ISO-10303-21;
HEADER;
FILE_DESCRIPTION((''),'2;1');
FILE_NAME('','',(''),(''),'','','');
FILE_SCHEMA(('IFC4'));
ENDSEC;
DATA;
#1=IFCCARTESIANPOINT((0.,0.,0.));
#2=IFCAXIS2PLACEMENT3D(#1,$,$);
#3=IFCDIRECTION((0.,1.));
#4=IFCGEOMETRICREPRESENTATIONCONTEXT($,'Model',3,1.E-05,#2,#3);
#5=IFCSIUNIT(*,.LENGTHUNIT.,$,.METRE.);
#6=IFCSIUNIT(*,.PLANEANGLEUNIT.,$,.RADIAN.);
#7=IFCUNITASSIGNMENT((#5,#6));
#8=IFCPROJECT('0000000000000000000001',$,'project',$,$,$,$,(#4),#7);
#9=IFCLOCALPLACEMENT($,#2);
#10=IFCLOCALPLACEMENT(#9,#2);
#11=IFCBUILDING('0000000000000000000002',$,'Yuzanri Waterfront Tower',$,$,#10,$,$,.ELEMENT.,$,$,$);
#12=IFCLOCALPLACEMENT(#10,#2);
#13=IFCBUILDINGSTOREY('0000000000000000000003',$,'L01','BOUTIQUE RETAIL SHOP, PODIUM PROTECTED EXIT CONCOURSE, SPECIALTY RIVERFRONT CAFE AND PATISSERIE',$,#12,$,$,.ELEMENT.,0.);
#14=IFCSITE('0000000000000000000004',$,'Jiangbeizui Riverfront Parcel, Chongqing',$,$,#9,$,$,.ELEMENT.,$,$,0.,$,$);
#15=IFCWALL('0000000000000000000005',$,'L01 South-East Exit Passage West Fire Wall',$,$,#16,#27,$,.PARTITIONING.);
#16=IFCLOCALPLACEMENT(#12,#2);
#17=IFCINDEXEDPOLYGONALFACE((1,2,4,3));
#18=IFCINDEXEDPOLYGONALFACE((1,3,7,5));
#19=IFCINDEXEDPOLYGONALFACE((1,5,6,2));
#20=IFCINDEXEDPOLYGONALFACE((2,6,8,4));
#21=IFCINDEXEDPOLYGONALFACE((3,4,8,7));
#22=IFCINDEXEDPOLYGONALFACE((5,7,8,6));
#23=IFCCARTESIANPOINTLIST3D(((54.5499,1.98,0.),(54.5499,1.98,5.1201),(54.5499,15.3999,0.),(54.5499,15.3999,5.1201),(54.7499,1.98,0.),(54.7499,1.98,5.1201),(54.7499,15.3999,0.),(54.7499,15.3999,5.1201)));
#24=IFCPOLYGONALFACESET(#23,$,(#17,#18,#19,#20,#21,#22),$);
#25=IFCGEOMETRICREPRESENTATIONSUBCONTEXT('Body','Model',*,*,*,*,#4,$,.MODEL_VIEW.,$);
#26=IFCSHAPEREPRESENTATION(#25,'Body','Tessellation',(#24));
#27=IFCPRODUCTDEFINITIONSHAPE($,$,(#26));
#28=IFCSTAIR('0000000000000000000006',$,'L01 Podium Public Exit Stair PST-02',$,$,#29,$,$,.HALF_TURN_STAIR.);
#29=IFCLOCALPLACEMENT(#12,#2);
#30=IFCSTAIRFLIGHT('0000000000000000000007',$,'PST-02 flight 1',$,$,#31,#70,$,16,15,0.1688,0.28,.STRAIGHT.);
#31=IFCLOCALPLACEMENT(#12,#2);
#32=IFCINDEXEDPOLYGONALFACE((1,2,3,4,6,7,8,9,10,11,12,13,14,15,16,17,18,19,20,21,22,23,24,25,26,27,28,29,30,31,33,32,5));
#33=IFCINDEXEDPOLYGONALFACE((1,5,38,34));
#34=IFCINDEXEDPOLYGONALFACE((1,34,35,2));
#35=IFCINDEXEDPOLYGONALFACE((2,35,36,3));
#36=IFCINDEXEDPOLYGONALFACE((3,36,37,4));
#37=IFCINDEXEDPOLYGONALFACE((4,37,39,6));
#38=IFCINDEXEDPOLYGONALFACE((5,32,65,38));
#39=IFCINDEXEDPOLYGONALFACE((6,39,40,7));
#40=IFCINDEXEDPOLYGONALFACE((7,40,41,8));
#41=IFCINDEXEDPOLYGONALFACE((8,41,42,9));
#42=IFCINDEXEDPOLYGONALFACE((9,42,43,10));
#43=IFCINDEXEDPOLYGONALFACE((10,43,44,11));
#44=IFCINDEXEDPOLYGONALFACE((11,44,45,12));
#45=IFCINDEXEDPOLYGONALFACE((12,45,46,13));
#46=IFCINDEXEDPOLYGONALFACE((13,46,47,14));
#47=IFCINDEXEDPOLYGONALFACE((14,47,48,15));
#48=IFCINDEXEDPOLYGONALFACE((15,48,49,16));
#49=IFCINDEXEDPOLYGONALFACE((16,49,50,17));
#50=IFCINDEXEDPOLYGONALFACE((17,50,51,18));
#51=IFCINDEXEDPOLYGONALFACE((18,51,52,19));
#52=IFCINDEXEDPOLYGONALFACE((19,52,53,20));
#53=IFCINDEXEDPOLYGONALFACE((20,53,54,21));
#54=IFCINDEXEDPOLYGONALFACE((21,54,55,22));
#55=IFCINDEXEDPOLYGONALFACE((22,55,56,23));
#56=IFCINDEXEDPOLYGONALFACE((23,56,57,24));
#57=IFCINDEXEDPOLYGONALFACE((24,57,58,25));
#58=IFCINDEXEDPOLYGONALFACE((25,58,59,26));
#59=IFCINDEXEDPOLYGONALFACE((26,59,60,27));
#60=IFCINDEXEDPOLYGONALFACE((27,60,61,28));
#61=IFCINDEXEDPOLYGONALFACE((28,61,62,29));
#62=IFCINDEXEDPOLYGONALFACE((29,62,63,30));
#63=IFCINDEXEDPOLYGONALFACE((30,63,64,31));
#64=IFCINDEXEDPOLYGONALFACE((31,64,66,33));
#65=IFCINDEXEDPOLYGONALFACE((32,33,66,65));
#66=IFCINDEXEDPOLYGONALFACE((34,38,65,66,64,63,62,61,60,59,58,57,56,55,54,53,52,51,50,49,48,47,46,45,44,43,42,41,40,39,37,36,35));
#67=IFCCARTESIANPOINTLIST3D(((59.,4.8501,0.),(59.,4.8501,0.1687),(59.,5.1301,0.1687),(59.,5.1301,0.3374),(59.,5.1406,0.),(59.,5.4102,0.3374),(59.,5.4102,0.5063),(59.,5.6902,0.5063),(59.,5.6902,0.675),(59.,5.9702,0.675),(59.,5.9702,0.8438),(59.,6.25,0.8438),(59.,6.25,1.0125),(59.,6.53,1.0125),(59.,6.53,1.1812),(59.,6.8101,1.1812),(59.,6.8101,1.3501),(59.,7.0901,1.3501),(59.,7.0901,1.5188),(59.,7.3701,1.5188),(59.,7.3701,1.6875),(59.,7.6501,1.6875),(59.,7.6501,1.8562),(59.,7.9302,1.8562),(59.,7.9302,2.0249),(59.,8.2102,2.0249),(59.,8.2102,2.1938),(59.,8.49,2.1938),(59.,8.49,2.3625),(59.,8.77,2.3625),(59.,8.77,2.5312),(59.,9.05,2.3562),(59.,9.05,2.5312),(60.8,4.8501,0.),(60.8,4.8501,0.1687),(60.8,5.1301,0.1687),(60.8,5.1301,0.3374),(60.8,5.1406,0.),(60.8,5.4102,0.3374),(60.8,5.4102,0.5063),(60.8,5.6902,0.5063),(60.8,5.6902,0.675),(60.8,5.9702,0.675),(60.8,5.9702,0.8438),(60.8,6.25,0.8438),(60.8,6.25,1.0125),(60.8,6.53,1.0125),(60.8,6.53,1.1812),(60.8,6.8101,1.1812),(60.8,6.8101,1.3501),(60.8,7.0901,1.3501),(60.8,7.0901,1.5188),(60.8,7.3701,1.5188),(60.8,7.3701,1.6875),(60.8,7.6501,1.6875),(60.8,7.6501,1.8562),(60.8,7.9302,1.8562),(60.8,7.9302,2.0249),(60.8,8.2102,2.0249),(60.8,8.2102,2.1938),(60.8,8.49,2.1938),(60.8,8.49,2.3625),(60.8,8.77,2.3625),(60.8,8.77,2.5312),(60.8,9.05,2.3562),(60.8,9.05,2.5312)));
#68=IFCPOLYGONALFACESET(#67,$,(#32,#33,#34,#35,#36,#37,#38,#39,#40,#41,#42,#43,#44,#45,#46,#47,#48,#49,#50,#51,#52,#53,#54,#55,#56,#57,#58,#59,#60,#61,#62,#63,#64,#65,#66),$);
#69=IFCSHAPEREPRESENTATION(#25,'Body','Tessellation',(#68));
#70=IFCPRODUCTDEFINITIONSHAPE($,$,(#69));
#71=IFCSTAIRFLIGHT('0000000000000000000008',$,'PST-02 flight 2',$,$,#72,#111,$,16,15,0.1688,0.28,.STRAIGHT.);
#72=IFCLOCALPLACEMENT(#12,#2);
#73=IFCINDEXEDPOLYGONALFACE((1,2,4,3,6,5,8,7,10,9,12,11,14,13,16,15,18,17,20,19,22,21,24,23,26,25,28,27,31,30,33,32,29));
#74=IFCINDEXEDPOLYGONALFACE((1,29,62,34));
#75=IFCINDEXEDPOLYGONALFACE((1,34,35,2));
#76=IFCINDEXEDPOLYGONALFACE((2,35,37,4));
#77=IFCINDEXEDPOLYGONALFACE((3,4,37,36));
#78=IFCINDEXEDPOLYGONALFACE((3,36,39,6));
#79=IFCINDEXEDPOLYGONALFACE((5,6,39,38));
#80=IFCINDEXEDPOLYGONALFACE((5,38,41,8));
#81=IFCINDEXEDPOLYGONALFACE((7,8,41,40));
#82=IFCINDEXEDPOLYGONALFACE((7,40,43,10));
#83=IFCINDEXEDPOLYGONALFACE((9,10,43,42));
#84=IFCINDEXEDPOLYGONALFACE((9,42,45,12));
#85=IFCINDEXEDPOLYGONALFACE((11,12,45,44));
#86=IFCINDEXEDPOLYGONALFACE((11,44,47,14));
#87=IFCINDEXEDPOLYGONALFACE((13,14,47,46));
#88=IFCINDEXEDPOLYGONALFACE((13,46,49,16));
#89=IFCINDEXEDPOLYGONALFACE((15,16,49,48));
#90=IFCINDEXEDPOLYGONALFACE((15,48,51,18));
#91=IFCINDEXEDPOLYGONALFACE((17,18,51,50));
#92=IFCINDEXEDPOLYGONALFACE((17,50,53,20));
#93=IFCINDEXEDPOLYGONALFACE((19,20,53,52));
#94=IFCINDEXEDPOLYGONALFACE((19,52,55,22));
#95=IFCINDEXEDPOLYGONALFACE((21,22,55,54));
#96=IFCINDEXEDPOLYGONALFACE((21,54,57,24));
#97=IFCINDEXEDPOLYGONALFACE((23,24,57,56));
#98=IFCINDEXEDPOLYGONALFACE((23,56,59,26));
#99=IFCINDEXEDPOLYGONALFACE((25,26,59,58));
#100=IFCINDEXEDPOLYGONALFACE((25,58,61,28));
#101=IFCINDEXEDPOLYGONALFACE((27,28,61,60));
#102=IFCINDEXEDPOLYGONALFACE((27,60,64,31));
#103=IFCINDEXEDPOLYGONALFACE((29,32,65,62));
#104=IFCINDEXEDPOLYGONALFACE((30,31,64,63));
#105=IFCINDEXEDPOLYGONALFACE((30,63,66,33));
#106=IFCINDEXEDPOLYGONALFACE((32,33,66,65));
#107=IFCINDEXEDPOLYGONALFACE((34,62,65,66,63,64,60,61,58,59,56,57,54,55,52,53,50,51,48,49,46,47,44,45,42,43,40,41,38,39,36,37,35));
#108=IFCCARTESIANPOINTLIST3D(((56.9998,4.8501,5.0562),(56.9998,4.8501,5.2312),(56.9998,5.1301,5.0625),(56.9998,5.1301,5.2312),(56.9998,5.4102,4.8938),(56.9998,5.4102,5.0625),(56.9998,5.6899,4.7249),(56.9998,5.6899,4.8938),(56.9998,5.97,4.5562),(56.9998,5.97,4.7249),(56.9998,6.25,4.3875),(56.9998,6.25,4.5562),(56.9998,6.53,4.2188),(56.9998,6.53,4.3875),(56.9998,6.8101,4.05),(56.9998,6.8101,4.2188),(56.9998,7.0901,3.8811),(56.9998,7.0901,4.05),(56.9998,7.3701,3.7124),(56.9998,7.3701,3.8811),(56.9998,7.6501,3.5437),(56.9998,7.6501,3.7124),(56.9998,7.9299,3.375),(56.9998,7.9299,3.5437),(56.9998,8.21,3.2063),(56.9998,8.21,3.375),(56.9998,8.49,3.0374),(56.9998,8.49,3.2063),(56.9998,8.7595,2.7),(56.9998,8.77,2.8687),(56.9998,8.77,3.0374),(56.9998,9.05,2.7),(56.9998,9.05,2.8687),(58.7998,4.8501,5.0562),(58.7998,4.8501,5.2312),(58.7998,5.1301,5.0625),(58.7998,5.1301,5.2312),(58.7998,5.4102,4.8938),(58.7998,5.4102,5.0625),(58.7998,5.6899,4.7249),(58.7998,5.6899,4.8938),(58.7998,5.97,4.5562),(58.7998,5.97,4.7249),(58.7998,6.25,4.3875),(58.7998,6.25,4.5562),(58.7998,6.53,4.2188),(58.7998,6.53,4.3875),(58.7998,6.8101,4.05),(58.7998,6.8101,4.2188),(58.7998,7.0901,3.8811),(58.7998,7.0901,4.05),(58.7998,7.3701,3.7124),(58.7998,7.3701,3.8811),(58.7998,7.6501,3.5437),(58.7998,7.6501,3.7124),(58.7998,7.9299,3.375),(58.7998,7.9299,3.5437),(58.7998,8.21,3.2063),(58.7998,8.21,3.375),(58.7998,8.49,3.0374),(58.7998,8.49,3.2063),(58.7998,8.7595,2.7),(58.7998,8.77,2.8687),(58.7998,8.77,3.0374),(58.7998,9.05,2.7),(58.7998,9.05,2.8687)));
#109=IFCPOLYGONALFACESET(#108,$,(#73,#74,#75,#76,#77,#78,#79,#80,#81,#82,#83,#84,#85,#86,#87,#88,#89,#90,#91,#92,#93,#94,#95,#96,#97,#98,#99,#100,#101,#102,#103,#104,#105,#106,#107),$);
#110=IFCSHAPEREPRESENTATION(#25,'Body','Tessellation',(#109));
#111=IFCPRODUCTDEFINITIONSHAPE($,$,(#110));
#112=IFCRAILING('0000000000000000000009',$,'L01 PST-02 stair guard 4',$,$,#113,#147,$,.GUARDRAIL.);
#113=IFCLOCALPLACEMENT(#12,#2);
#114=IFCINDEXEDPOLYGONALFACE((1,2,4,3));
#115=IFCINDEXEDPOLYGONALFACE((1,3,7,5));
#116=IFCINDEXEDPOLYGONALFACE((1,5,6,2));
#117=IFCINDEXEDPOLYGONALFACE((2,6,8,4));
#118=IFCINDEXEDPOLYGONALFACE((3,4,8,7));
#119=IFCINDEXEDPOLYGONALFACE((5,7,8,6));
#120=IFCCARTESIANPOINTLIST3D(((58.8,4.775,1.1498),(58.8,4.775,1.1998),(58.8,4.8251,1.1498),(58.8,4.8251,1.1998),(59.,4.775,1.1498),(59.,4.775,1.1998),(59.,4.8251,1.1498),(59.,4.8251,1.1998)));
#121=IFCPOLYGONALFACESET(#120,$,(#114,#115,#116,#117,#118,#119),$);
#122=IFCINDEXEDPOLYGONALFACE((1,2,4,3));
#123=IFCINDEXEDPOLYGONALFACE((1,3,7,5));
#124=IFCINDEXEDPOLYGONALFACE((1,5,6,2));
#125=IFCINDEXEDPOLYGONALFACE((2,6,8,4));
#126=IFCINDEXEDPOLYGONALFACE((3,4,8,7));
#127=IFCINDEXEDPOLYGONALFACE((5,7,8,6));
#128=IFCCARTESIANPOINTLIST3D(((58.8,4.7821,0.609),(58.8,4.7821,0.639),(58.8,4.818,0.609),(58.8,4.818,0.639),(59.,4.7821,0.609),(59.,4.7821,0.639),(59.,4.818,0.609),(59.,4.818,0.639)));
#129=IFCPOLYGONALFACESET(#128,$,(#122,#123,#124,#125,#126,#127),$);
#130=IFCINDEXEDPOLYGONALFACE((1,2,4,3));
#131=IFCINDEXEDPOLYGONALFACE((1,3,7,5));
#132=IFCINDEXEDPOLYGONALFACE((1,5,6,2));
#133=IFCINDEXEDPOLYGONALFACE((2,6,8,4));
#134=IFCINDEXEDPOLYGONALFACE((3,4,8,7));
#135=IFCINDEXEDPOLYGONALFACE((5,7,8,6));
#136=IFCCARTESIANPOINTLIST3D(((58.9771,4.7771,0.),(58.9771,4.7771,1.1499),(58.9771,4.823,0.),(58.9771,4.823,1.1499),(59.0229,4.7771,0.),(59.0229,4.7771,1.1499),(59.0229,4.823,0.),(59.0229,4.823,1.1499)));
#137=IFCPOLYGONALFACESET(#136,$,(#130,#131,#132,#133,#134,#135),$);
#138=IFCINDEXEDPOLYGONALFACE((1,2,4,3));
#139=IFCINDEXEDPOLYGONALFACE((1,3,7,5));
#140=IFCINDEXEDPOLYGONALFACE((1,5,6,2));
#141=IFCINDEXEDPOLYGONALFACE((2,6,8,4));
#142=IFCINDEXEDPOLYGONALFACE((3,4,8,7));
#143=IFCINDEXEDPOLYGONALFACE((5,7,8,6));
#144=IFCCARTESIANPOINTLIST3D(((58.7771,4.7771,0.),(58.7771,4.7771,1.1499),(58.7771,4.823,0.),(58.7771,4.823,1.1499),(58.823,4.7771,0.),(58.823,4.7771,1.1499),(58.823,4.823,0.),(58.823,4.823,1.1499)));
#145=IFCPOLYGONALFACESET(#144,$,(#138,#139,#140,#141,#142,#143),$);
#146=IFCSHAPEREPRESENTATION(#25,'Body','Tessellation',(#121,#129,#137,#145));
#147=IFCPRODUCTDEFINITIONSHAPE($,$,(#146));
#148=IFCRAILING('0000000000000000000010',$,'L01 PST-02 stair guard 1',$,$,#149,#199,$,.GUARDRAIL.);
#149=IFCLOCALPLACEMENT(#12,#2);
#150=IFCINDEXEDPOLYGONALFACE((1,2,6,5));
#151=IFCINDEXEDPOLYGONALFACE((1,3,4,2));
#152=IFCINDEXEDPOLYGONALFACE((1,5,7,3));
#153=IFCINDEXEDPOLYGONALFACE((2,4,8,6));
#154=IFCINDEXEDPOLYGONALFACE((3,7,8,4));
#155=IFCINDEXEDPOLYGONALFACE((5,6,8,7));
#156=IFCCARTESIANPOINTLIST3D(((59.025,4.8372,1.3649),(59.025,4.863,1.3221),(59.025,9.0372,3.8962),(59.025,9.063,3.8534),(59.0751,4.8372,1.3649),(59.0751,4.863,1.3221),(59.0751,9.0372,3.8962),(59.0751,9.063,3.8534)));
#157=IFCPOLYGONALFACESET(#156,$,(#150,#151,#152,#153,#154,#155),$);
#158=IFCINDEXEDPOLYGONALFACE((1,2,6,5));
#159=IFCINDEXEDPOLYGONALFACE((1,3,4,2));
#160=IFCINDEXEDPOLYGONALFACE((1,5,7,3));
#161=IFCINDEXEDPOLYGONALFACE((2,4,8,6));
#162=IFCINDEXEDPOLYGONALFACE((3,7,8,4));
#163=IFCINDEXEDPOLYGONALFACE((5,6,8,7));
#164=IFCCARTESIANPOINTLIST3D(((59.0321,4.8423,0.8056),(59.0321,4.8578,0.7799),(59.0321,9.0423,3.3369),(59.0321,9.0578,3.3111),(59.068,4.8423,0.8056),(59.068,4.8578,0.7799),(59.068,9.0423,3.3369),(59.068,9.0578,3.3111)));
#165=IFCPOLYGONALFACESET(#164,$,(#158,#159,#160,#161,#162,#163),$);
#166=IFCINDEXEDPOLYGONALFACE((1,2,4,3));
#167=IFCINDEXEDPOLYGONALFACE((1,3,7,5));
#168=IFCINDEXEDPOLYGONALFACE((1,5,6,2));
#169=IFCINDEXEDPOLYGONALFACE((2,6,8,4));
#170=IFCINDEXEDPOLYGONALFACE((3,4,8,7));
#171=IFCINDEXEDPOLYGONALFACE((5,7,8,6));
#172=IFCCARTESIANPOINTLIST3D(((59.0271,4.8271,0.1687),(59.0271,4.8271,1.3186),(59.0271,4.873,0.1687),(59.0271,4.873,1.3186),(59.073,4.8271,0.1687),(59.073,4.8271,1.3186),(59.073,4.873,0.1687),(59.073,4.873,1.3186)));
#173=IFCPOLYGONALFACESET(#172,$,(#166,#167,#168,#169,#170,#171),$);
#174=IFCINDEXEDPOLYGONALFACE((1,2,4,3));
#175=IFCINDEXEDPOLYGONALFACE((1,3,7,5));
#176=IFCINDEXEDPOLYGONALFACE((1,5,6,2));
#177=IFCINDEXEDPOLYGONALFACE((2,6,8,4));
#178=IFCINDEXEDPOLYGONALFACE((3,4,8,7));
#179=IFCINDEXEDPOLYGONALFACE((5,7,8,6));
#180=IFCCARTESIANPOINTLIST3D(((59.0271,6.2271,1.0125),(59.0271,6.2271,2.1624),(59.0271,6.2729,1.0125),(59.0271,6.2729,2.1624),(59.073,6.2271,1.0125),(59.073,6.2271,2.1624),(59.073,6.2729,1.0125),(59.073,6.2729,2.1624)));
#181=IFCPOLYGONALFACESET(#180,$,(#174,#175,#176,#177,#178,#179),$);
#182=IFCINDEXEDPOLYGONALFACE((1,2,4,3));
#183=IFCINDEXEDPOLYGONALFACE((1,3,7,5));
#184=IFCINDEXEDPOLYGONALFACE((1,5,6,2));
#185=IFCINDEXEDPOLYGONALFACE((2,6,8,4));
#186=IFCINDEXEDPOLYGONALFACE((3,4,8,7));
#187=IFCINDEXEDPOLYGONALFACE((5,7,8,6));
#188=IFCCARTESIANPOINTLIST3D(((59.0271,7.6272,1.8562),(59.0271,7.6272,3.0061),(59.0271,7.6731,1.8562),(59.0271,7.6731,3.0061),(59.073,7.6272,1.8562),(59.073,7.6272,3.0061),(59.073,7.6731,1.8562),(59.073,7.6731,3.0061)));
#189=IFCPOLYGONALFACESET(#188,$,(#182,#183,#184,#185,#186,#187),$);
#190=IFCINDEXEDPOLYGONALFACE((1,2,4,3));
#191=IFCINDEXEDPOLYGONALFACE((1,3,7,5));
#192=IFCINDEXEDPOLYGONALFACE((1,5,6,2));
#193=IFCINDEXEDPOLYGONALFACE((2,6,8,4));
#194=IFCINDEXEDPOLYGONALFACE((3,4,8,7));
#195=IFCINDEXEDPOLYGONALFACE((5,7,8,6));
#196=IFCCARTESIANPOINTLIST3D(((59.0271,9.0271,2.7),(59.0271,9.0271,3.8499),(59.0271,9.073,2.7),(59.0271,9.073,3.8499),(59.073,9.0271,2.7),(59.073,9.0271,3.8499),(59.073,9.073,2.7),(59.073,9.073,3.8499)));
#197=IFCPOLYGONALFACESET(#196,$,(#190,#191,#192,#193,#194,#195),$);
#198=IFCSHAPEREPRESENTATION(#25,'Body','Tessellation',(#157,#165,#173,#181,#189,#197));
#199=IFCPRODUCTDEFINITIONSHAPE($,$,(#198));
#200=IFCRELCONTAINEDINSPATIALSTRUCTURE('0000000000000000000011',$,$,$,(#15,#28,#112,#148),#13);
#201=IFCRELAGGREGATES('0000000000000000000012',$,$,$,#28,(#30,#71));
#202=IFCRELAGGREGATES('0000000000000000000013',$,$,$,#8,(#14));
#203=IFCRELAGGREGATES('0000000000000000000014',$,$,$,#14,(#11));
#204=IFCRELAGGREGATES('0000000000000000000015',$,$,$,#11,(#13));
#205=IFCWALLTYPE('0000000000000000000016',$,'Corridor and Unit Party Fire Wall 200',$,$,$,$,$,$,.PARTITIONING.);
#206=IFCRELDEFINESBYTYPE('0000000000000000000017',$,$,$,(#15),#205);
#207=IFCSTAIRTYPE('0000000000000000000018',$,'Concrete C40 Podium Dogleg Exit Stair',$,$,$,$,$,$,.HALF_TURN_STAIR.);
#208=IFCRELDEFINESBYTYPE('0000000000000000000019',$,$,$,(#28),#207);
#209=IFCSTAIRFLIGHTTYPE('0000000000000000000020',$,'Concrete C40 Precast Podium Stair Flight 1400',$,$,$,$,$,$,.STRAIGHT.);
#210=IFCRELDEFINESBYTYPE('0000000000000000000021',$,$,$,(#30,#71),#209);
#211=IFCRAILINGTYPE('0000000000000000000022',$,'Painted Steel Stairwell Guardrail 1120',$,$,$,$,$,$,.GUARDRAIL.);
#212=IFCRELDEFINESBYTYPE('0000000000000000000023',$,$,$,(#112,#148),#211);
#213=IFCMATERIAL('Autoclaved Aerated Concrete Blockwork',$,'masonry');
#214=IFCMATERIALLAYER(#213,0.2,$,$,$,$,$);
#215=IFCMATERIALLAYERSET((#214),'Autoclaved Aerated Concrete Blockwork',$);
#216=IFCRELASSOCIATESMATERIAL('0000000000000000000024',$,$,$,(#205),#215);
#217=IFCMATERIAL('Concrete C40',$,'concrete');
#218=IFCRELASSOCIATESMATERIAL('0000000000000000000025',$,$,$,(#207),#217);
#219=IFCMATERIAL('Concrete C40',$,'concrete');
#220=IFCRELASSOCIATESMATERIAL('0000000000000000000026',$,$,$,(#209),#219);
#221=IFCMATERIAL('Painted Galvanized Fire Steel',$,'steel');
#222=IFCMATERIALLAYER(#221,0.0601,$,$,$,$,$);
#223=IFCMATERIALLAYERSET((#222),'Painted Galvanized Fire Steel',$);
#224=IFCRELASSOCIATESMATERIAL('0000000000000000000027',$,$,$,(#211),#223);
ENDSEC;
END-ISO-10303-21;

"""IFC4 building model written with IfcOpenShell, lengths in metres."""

from ifc_helpers import new_model, si_unit, direction, frame, frame_2d, origin, origin_2d, place, context, subcontext, project, spatial, polyline, rectangle, outline, extrude, source, transform, mapped, material, layer, layer_set, type_object, element, aggregate, save


model = new_model("IFC4")

# Units and contexts
model_context = context("Model", 3, precision=1e-05, world=origin(), true_north=direction((0.0, 1.0)))
body_context = subcontext(model_context, "Body", "Model", "MODEL_VIEW")
ifc_project = project(units=[si_unit("LENGTHUNIT", "METRE"), si_unit("PLANEANGLEUNIT", "RADIAN")], contexts=[model_context])

# Site, building, storey
site_placement = place(None, origin())
site = spatial("IfcSite", under=ifc_project, at=site_placement, Name="Jiangbeizui Riverfront Parcel, Chongqing", CompositionType="ELEMENT", RefElevation=0.0)
building_placement = place(site_placement, origin())
building = spatial("IfcBuilding", under=site, at=building_placement, Name="Yuzanri Waterfront Tower", CompositionType="ELEMENT")
storey_placement = place(building_placement, origin())
storey = spatial("IfcBuildingStorey", under=building, at=storey_placement, Name="L01", Description="BOUTIQUE RETAIL SHOP, PODIUM PROTECTED EXIT CONCOURSE, SPECIALTY RIVERFRONT CAFE AND PATISSERIE", CompositionType="ELEMENT", Elevation=0.0)

# Shared definitions
ifc_material_1 = material(Name="Autoclaved Aerated Concrete Blockwork", Category="masonry")
ifc_layer_1 = layer(ifc_material_1, 0.2)
ifc_layer_set_1 = layer_set([ifc_layer_1], Name="Autoclaved Aerated Concrete Blockwork")
wall_type_1 = type_object("IfcWallType", Name="Corridor and Unit Party Fire Wall 200", PredefinedType="PARTITIONING", material=ifc_layer_set_1)

# Wall
shared_shape_1 = source(origin(), body_context, "Body", "SweptSolid", [
    extrude(rectangle(XDim=13.4199, YDim=0.2, at=frame_2d((6.71, 0.0))), origin(), (0.0, 0.0, 1.0), 5.1201),
])
wall_1_placement = place(storey_placement, frame((54.6499, 1.98, 0.0), z_axis=(0.0, 0.0, 1.0), x_axis=(0.0, 1.0, 0.0)))
element("IfcWall", 1, at=wall_1_placement, inside=storey, type_object=wall_type_1, Name="L01 South-East Exit Passage West Fire Wall", PredefinedType="PARTITIONING", context=body_context, shape_type="MappedRepresentation", body=[
    mapped(shared_shape_1, transform((0.0, 0.0, 0.0), scale=1.0)),
])

# Stair, stair flights
ifc_material_2 = material(Name="Concrete C40", Category="concrete")
stair_type = type_object("IfcStairType", Name="Concrete C40 Podium Dogleg Exit Stair", PredefinedType="HALF_TURN_STAIR", material=ifc_material_2)
stair_placement = place(storey_placement, origin())
stair = element("IfcStair", 2, at=stair_placement, inside=storey, type_object=stair_type, Name="L01 Podium Public Exit Stair PST-02", PredefinedType="HALF_TURN_STAIR")
ifc_material_3 = material(Name="Concrete C40", Category="concrete")
stair_flight_type = type_object("IfcStairFlightType", Name="Concrete C40 Precast Podium Stair Flight 1400", PredefinedType="STRAIGHT", material=ifc_material_3)
shared_shape_2 = source(origin(), body_context, "Body", "SweptSolid", [
    extrude(outline(polyline([(0.0, 0.0), (0.0, 0.1687), (0.28, 0.1687), (0.28, 0.3374), (0.5601, 0.3374), (0.5601, 0.5063), (0.8401, 0.5063), (0.8401, 0.675), (1.1201, 0.675), (1.1201, 0.8438), (1.3999, 0.8438), (1.3999, 1.0125), (1.6799, 1.0125), (1.6799, 1.1812), (1.96, 1.1812), (1.96, 1.3501), (2.24, 1.3501), (2.24, 1.5188), (2.52, 1.5188), (2.52, 1.6875), (2.8, 1.6875), (2.8, 1.8562), (3.0801, 1.8562), (3.0801, 2.0249), (3.3601, 2.0249), (3.3601, 2.1938), (3.6399, 2.1938), (3.6399, 2.3625), (3.9199, 2.3625), (3.9199, 2.5312), (4.2, 2.5312), (4.2, 2.7), (4.2, 2.3562), (0.2905, 0.0), (0.0, 0.0)])), frame((0.0, 0.8999, 0.0), z_axis=(0.0, -1.0, 0.0), x_axis=(1.0, 0.0, 0.0)), (0.0, 0.0, 1.0), 1.8),
])
stair_flight_1_placement = place(storey_placement, frame((59.8999, 4.8501, 0.0), z_axis=(0.0, 0.0, 1.0), x_axis=(0.0, 1.0, 0.0)))
stair_flight_1 = element("IfcStairFlight", 3, at=stair_flight_1_placement, type_object=stair_flight_type, Name="PST-02 flight 1", NumberOfRisers=16, NumberOfTreads=15, PredefinedType="STRAIGHT", RiserHeight=0.1688, TreadLength=0.28, context=body_context, shape_type="MappedRepresentation", body=[
    mapped(shared_shape_2, transform((0.0, 0.0, 0.0), scale=1.0)),
])
stair_flight_2_placement = place(storey_placement, frame((57.8999, 9.05, 2.7), z_axis=(0.0, 0.0, 1.0), x_axis=(0.0, -1.0, 0.0)))
stair_flight_2 = element("IfcStairFlight", 4, at=stair_flight_2_placement, type_object=stair_flight_type, Name="PST-02 flight 2", NumberOfRisers=16, NumberOfTreads=15, PredefinedType="STRAIGHT", RiserHeight=0.1688, TreadLength=0.28, context=body_context, shape_type="MappedRepresentation", body=[
    mapped(shared_shape_2, transform((0.0, 0.0, 0.0), scale=1.0)),
])
aggregate(stair, [stair_flight_1, stair_flight_2])

# Railings
ifc_material_4 = material(Name="Painted Galvanized Fire Steel", Category="steel")
ifc_layer_2 = layer(ifc_material_4, 0.0601)
ifc_layer_set_2 = layer_set([ifc_layer_2], Name="Painted Galvanized Fire Steel")
railing_type_1 = type_object("IfcRailingType", Name="Painted Steel Stairwell Guardrail 1120", PredefinedType="GUARDRAIL", material=ifc_layer_set_2)
shared_shape_3 = source(origin(), body_context, "Body", "SweptSolid", [
    extrude(rectangle(XDim=0.05, YDim=0.05, at=origin_2d()), frame((0.0, 0.0, 1.1748), z_axis=(-1.0, 0.0, 0.0), x_axis=(0.0, -1.0, 0.0)), (0.0, 0.0, 1.0), 0.2),
    extrude(rectangle(XDim=0.0359, YDim=0.03, at=origin_2d()), frame((0.0, 0.0, 0.624), z_axis=(-1.0, 0.0, 0.0), x_axis=(0.0, -1.0, 0.0)), (0.0, 0.0, 1.0), 0.2),
    extrude(rectangle(XDim=0.0459, YDim=0.0459, at=origin_2d()), origin(), (0.0, 0.0, 1.0), 1.1499),
    extrude(rectangle(XDim=0.0459, YDim=0.0459, at=origin_2d()), frame((-0.2, 0.0, 0.0)), (0.0, 0.0, 1.0), 1.1499),
])
railing_1_placement = place(storey_placement, frame((59.0, 4.8, 0.0)))
element("IfcRailing", 5, at=railing_1_placement, inside=storey, type_object=railing_type_1, Name="L01 PST-02 stair guard 4", PredefinedType="GUARDRAIL", context=body_context, shape_type="MappedRepresentation", body=[
    mapped(shared_shape_3, transform((0.0, 0.0, 0.0), scale=1.0)),
])
shared_shape_4 = source(origin(), body_context, "Body", "SweptSolid", [
    extrude(rectangle(XDim=0.05, YDim=0.05, at=origin_2d()), frame((0.0, 0.0, 1.1748), z_axis=(0.0, 0.856476, 0.516186), x_axis=(-1.0, 0.0, 0.0)), (0.0, 0.0, 1.0), 4.9038),
    extrude(rectangle(XDim=0.0359, YDim=0.03, at=origin_2d()), frame((0.0, 0.0, 0.624), z_axis=(0.0, 0.856476, 0.516186), x_axis=(-1.0, 0.0, 0.0)), (0.0, 0.0, 1.0), 4.9038),
    extrude(rectangle(XDim=0.0459, YDim=0.0459, at=origin_2d()), origin(), (0.0, 0.0, 1.0), 1.1499),
    extrude(rectangle(XDim=0.0459, YDim=0.0459, at=origin_2d()), frame((0.0, 1.3999, 0.8438)), (0.0, 0.0, 1.0), 1.1499),
    extrude(rectangle(XDim=0.0459, YDim=0.0459, at=origin_2d()), frame((0.0, 2.8, 1.6875)), (0.0, 0.0, 1.0), 1.1499),
    extrude(rectangle(XDim=0.0459, YDim=0.0459, at=origin_2d()), frame((0.0, 4.2, 2.5312)), (0.0, 0.0, 1.0), 1.1499),
])
railing_2_placement = place(storey_placement, frame((59.05, 4.8501, 0.1687)))
element("IfcRailing", 6, at=railing_2_placement, inside=storey, type_object=railing_type_1, Name="L01 PST-02 stair guard 1", PredefinedType="GUARDRAIL", context=body_context, shape_type="MappedRepresentation", body=[
    mapped(shared_shape_4, transform((0.0, 0.0, 0.0), scale=1.0)),
])

save(model, "model.ifc")
